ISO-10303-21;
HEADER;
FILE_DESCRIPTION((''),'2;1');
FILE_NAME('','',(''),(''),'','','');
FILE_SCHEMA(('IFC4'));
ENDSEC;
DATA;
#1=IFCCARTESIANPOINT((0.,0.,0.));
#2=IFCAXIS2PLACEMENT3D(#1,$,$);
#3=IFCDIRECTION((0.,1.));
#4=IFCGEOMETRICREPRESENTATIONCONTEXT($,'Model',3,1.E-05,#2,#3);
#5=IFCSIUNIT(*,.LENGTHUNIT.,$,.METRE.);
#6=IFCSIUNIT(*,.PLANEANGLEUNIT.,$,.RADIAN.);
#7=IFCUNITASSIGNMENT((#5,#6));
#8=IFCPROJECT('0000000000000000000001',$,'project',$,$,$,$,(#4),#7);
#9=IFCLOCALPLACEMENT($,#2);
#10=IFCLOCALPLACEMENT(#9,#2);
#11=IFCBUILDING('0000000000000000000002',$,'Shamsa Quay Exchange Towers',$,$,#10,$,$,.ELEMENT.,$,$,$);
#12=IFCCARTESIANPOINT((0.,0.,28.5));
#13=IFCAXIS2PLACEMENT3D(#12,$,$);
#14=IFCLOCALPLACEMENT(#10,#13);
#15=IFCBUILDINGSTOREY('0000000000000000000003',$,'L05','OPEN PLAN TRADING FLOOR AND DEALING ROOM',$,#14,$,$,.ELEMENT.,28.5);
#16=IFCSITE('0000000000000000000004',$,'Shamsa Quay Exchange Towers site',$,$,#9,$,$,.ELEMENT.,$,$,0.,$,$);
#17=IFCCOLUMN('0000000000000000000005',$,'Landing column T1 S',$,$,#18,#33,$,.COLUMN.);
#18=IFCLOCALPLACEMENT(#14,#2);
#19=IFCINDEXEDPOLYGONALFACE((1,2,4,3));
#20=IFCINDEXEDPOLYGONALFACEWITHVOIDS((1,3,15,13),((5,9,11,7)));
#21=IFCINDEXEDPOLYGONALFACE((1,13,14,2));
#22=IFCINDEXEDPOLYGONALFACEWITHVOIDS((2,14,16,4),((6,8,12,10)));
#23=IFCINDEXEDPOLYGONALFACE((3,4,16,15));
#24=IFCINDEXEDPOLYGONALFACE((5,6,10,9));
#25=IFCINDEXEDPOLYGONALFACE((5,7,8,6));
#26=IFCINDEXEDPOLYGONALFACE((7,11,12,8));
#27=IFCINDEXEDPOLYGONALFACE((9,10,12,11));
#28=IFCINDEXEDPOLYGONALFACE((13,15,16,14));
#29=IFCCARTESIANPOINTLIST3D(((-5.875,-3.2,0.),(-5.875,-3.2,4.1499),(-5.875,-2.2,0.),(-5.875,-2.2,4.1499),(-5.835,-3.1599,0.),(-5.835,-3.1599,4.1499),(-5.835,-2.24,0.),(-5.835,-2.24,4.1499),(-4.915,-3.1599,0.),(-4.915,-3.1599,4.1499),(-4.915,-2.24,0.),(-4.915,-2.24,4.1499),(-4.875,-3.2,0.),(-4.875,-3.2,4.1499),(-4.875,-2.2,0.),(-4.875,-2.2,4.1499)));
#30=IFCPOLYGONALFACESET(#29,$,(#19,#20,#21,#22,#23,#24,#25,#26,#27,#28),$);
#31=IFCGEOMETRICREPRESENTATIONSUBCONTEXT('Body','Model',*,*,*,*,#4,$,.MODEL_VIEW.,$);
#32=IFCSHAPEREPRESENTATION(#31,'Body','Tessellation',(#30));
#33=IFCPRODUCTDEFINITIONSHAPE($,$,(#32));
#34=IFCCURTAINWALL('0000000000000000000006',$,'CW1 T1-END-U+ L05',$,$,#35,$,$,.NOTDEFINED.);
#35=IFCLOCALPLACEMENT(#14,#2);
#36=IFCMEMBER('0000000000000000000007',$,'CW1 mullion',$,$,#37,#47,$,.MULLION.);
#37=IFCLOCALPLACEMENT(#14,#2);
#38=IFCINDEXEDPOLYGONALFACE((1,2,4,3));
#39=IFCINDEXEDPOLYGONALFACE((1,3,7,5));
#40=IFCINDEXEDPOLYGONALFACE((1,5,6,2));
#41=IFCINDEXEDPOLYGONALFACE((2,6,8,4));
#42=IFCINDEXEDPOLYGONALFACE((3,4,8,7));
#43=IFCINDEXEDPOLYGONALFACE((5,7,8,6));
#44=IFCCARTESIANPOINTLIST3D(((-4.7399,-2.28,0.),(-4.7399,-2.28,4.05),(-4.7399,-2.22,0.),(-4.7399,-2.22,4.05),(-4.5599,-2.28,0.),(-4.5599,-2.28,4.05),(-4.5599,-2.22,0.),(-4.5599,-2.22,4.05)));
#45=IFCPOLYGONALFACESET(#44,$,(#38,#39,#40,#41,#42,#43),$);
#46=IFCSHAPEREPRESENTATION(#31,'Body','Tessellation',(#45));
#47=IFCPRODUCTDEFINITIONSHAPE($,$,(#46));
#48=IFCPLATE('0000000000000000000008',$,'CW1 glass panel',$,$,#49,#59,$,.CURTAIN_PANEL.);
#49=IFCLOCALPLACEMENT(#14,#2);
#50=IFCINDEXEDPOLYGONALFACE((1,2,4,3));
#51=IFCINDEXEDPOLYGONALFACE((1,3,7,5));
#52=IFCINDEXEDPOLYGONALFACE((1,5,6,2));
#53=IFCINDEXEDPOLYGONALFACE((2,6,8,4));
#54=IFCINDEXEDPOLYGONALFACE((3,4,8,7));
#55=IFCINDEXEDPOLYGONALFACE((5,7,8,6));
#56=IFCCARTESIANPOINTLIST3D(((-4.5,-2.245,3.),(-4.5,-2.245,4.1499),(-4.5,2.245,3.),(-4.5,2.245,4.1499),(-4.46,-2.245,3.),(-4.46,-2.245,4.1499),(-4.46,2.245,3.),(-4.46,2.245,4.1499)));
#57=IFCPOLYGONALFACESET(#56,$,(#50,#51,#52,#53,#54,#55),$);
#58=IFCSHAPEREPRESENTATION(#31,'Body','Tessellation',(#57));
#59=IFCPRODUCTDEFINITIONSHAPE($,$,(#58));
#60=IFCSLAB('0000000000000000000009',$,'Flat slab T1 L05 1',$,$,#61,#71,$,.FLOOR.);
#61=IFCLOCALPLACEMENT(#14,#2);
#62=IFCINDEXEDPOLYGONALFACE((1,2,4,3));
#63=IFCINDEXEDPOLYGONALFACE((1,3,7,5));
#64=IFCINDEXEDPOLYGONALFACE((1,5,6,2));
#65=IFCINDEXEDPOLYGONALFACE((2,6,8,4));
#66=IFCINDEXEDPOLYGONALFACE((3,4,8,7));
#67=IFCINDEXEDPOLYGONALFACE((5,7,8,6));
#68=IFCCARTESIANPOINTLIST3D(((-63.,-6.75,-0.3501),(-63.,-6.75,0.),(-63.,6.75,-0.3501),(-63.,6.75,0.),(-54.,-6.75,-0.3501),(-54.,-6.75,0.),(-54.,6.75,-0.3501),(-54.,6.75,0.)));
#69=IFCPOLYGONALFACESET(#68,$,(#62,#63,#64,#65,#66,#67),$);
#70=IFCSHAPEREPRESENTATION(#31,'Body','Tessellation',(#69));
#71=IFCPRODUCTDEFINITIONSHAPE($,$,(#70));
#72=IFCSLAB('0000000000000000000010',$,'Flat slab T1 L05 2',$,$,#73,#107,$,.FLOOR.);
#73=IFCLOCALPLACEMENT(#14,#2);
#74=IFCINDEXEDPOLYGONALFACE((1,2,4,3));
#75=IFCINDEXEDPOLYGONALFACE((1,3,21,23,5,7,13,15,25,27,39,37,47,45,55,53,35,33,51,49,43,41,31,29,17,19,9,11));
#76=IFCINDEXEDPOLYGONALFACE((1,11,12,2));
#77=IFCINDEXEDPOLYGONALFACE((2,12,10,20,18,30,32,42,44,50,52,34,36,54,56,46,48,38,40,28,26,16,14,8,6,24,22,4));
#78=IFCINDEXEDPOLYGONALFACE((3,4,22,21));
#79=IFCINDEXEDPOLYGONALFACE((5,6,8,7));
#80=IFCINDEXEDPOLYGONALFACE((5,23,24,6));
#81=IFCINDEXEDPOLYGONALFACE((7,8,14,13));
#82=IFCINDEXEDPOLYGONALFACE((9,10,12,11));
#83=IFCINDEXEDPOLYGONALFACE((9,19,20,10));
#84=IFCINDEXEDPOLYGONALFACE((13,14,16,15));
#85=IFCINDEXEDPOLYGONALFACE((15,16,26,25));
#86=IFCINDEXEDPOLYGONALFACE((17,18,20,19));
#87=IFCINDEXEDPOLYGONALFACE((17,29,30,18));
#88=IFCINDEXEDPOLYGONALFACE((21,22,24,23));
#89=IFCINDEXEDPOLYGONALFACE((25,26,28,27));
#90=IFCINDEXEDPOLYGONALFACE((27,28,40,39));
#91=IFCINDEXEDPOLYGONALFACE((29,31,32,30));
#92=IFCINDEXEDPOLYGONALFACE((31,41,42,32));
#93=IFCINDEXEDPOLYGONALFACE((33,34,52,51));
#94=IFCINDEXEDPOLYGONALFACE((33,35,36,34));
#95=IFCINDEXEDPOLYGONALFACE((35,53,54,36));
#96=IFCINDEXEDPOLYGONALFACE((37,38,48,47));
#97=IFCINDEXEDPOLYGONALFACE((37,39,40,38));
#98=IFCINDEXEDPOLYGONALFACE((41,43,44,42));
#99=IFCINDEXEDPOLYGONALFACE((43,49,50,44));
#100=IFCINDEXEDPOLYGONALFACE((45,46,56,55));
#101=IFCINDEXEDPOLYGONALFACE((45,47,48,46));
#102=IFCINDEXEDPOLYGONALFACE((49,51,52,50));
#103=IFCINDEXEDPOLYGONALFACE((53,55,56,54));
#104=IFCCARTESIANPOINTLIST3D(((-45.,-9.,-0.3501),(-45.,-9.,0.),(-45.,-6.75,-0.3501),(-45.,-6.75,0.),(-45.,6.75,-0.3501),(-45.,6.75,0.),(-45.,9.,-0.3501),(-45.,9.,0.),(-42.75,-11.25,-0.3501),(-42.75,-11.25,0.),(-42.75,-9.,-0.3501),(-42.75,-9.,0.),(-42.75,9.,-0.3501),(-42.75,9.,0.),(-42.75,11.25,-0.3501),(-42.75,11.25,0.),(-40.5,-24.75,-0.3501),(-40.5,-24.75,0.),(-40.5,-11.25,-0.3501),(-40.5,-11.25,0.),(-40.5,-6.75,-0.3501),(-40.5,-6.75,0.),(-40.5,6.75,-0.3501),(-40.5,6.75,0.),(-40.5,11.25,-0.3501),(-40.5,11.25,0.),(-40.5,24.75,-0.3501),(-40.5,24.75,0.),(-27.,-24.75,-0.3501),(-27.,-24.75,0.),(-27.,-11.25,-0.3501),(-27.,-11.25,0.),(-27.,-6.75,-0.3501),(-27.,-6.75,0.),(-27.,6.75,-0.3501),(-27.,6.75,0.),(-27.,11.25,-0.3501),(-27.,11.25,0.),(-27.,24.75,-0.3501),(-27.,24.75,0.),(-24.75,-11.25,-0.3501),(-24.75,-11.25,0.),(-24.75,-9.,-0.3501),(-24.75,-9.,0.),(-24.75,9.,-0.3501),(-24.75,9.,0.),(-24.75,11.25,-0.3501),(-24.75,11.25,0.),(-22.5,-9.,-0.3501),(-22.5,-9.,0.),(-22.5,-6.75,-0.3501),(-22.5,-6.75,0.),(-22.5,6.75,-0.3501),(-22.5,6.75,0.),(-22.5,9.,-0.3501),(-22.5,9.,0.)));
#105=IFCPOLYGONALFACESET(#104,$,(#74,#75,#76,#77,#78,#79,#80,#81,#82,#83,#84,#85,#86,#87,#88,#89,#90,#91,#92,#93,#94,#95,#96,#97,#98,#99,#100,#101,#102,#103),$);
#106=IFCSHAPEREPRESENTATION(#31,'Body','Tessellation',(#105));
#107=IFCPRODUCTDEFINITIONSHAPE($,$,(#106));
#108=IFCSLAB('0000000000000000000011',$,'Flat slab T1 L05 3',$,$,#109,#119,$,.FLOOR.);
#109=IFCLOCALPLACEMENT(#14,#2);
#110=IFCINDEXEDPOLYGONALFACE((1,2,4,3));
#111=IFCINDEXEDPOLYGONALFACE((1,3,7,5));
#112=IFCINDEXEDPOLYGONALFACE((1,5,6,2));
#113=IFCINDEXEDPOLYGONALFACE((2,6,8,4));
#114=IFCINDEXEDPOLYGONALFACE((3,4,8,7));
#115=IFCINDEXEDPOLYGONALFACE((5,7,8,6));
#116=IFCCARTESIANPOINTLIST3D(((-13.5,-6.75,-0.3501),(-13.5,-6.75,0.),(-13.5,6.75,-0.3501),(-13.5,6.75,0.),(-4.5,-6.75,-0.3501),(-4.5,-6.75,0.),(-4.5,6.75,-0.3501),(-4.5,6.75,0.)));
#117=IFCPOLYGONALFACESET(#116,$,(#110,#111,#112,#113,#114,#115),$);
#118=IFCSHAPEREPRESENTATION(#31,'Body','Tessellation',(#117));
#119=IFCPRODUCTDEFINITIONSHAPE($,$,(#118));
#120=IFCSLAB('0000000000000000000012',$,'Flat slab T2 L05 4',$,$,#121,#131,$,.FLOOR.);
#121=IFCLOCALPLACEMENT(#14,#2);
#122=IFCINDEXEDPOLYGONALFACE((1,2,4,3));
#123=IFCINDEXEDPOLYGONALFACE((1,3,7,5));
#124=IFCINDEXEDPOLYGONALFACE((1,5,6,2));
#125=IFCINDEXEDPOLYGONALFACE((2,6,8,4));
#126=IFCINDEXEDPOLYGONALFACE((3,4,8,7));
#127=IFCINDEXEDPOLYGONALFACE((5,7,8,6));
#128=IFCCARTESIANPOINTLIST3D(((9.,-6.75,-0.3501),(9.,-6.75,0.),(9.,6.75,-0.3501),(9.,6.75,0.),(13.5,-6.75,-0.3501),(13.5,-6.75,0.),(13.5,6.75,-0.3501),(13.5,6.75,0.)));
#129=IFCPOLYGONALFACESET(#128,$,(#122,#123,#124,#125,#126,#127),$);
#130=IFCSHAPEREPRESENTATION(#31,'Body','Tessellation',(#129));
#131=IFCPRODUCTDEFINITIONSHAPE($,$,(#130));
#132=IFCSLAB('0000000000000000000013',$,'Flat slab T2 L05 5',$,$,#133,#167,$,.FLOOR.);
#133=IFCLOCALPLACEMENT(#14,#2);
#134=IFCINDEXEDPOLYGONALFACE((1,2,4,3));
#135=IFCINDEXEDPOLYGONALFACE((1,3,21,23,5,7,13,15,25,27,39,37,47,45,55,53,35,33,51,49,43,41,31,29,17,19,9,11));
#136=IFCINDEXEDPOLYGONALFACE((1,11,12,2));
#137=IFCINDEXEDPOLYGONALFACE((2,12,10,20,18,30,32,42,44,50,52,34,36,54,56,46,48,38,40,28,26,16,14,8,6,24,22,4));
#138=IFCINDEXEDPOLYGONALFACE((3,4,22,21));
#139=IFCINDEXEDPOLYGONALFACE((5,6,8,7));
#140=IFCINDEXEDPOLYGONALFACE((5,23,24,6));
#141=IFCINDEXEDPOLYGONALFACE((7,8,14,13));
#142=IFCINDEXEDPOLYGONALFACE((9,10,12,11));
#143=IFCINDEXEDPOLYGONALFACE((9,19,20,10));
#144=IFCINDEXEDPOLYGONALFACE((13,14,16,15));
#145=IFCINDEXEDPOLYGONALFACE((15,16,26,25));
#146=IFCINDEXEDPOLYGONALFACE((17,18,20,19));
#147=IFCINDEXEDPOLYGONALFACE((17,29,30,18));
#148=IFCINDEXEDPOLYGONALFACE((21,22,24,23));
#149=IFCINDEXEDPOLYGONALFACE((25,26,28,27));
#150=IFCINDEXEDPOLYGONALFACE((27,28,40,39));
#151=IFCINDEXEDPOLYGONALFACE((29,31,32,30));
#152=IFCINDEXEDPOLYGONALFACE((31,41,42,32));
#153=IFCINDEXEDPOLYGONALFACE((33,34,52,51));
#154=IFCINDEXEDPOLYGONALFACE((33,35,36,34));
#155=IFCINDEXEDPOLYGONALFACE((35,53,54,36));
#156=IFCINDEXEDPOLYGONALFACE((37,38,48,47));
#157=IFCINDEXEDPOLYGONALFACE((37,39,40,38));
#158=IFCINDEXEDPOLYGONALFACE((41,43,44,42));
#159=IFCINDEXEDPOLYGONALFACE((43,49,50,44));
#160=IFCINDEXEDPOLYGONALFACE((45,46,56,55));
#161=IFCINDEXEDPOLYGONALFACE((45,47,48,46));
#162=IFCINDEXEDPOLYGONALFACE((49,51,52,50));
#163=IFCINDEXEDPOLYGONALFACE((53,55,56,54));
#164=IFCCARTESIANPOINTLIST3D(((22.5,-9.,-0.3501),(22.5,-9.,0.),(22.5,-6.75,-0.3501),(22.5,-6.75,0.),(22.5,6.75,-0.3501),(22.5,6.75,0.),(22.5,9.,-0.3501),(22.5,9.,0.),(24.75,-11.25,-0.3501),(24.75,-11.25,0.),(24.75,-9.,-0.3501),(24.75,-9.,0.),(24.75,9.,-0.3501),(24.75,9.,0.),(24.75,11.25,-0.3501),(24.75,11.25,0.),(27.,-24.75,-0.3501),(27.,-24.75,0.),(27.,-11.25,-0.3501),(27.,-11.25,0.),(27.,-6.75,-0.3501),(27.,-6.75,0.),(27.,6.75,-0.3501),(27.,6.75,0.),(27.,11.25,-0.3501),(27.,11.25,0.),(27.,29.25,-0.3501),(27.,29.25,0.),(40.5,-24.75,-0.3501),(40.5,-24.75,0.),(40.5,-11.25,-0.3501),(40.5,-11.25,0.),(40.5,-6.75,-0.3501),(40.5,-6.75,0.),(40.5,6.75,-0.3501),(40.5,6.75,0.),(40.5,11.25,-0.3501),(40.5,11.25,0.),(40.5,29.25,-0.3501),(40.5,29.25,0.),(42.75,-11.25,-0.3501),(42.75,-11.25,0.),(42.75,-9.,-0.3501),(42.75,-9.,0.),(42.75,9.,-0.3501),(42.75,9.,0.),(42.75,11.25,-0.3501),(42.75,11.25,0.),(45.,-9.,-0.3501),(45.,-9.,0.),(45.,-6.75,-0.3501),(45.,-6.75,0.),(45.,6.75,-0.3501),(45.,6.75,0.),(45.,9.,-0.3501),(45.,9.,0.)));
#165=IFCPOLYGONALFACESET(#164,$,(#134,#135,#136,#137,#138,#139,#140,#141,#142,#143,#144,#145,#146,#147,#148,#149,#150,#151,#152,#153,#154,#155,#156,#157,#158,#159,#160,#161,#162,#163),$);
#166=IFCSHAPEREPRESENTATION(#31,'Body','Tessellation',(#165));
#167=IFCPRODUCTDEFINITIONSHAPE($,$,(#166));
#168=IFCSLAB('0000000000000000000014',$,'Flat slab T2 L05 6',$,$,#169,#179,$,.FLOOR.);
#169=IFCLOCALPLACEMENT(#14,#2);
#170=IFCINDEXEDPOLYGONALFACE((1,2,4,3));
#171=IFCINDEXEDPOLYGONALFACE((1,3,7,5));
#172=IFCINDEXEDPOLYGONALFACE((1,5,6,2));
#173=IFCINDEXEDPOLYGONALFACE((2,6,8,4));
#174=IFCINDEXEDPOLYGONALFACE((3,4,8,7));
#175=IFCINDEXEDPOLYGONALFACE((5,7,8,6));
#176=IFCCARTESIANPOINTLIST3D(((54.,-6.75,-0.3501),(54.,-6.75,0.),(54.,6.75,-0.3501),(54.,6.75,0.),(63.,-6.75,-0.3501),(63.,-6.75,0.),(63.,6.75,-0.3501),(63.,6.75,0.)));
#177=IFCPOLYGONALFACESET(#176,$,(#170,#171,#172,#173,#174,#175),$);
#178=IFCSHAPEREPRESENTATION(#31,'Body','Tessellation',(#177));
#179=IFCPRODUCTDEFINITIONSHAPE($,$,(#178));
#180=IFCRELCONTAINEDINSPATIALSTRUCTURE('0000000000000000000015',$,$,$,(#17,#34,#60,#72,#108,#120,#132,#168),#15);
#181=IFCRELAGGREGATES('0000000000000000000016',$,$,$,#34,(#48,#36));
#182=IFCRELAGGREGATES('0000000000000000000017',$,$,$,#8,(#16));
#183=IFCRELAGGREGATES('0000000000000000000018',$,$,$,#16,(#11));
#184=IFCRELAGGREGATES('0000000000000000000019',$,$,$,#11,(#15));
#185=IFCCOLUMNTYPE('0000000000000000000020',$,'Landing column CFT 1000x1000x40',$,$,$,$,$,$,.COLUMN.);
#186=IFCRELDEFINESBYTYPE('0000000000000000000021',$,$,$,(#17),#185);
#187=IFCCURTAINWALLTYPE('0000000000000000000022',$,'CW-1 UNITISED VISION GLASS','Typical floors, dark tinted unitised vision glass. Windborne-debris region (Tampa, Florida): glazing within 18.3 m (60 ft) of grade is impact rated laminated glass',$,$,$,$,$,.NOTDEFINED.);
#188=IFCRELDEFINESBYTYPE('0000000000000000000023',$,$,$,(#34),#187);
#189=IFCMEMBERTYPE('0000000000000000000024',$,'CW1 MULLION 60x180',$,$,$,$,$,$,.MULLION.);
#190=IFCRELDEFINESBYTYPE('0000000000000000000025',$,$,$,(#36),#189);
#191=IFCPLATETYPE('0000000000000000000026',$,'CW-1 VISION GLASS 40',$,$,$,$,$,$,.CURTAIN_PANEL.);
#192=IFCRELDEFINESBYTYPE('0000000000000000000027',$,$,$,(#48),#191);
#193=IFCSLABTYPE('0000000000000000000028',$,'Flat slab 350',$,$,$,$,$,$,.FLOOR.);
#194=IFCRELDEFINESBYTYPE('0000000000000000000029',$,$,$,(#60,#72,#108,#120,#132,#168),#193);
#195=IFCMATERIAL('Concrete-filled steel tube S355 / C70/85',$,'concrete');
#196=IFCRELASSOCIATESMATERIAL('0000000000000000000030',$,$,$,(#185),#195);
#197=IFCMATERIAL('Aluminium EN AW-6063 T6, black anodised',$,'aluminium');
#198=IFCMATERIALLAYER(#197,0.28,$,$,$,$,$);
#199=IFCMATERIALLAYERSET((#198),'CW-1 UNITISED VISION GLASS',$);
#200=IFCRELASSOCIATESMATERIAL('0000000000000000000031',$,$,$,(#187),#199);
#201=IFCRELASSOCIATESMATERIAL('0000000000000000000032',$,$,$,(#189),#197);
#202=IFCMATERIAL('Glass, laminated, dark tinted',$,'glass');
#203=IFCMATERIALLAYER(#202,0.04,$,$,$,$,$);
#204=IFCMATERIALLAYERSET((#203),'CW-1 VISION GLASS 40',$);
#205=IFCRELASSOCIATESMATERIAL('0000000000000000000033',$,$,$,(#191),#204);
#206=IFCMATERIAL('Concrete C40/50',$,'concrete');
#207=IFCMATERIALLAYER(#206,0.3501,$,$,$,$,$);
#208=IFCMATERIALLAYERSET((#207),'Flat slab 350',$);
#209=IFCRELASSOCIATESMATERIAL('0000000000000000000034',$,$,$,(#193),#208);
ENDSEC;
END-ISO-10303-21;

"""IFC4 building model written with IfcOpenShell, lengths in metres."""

from ifc_helpers import new_model, si_unit, direction, frame, origin, origin_2d, place, context, subcontext, project, spatial, polyline, rectangle, hollow_rectangle, outline, extrude, material, layer, layer_set, material_profile, profile_set, type_object, element, aggregate, save


model = new_model("IFC4")

# Units and contexts
model_context = context("Model", 3, precision=1e-05, world=origin(), true_north=direction((0.0, 1.0)))
body_context = subcontext(model_context, "Body", "Model", "MODEL_VIEW")
ifc_project = project(units=[si_unit("LENGTHUNIT", "METRE"), si_unit("PLANEANGLEUNIT", "RADIAN")], contexts=[model_context])

# Site, building, storey
site_placement = place(None, origin())
site = spatial("IfcSite", under=ifc_project, at=site_placement, Name="Shamsa Quay Exchange Towers site", CompositionType="ELEMENT", RefElevation=0.0)
building_placement = place(site_placement, origin())
building = spatial("IfcBuilding", under=site, at=building_placement, Name="Shamsa Quay Exchange Towers", CompositionType="ELEMENT")
storey_placement = place(building_placement, frame((0.0, 0.0, 28.5)))
storey = spatial("IfcBuildingStorey", under=building, at=storey_placement, Name="L05", Description="OPEN PLAN TRADING FLOOR AND DEALING ROOM", CompositionType="ELEMENT", Elevation=28.5)

# Column
ifc_material_1 = material(Name="Concrete-filled steel tube S355 / C70/85", Category="concrete")
ifc_material_profile_1 = material_profile(ifc_material_1, hollow_rectangle(XDim=1.0, YDim=1.0, WallThickness=0.04, at=origin_2d()), Name="CFT 1000x1000x40")
ifc_profile_set_1 = profile_set([ifc_material_profile_1], Name="Concrete-filled steel tube S355 / C70/85")
column_type = type_object("IfcColumnType", Name="Landing column CFT 1000x1000x40", PredefinedType="COLUMN", material=ifc_profile_set_1)
column_placement = place(storey_placement, frame((-5.375, -2.7, 0.0)))
element("IfcColumn", 1, at=column_placement, inside=storey, type_object=column_type, Name="Landing column T1 S", PredefinedType="COLUMN", context=body_context, shape_type="SweptSolid", body=[
    extrude(hollow_rectangle(XDim=1.0, YDim=1.0, WallThickness=0.04, at=origin_2d()), origin(), (0.0, 0.0, 1.0), 4.1499),
])

# Curtain wall, member, plate
ifc_material_2 = material(Name="Aluminium EN AW-6063 T6, black anodised", Category="aluminium")
ifc_layer_1 = layer(ifc_material_2, 0.28)
ifc_layer_set_1 = layer_set([ifc_layer_1], Name="CW-1 UNITISED VISION GLASS")
curtain_wall_type = type_object("IfcCurtainWallType", Name="CW-1 UNITISED VISION GLASS", Description="Typical floors, dark tinted unitised vision glass. Windborne-debris region (Tampa, Florida): glazing within 18.3 m (60 ft) of grade is impact rated laminated glass", PredefinedType="NOTDEFINED", material=ifc_layer_set_1)
curtain_wall_placement = place(storey_placement, origin())
curtain_wall = element("IfcCurtainWall", 2, at=curtain_wall_placement, inside=storey, type_object=curtain_wall_type, Name="CW1 T1-END-U+ L05", PredefinedType="NOTDEFINED")
ifc_material_profile_2 = material_profile(ifc_material_2, rectangle(XDim=0.1799, YDim=0.0601, at=origin_2d()), Name="MU60x180")
ifc_profile_set_2 = profile_set([ifc_material_profile_2], Name="Aluminium EN AW-6063 T6, black anodised")
member_type = type_object("IfcMemberType", Name="CW1 MULLION 60x180", PredefinedType="MULLION", material=ifc_profile_set_2)
member_placement = place(storey_placement, frame((-4.6499, -2.25, 0.0), z_axis=(0.0, 0.0, 1.0), x_axis=(-1.0, 0.0, 0.0)))
member = element("IfcMember", 3, at=member_placement, type_object=member_type, Name="CW1 mullion", PredefinedType="MULLION", context=body_context, shape_type="SweptSolid", body=[
    extrude(rectangle(XDim=0.1799, YDim=0.0601, at=origin_2d()), origin(), (0.0, 0.0, 1.0), 4.05),
])
ifc_material_3 = material(Name="Glass, laminated, dark tinted", Category="glass")
ifc_layer_2 = layer(ifc_material_3, 0.04)
ifc_layer_set_2 = layer_set([ifc_layer_2], Name="CW-1 VISION GLASS 40")
plate_type = type_object("IfcPlateType", Name="CW-1 VISION GLASS 40", PredefinedType="CURTAIN_PANEL", material=ifc_layer_set_2)
plate_placement = place(storey_placement, frame((-4.48, 0.0, 3.0), z_axis=(0.0, 0.0, 1.0), x_axis=(0.0, 1.0, 0.0)))
plate = element("IfcPlate", 4, at=plate_placement, type_object=plate_type, Name="CW1 glass panel", PredefinedType="CURTAIN_PANEL", context=body_context, shape_type="SweptSolid", body=[
    extrude(rectangle(XDim=4.49, YDim=0.04, at=origin_2d()), origin(), (0.0, 0.0, 1.0), 1.1499),
])
aggregate(curtain_wall, [plate, member])

# Slabs
ifc_material_4 = material(Name="Concrete C40/50", Category="concrete")
ifc_layer_3 = layer(ifc_material_4, 0.3501)
ifc_layer_set_3 = layer_set([ifc_layer_3], Name="Flat slab 350")
slab_type_1 = type_object("IfcSlabType", Name="Flat slab 350", PredefinedType="FLOOR", material=ifc_layer_set_3)
slab_1_placement = place(storey_placement, frame((0.0, 0.0, -0.3501)))
element("IfcSlab", 5, at=slab_1_placement, inside=storey, type_object=slab_type_1, Name="Flat slab T1 L05 1", PredefinedType="FLOOR", context=body_context, shape_type="SweptSolid", body=[
    extrude(outline(polyline([(-63.0, -6.75), (-54.0, -6.75), (-54.0, 6.75), (-63.0, 6.75), (-63.0, -6.75)])), origin(), (0.0, 0.0, 1.0), 0.3501),
])
slab_2_placement = place(storey_placement, frame((0.0, 0.0, -0.3501)))
element("IfcSlab", 6, at=slab_2_placement, inside=storey, type_object=slab_type_1, Name="Flat slab T1 L05 2", PredefinedType="FLOOR", context=body_context, shape_type="SweptSolid", body=[
    extrude(outline(polyline([(-22.5, -9.0), (-22.5, -6.75), (-27.0, -6.75), (-27.0, 6.75), (-22.5, 6.75), (-22.5, 9.0), (-24.75, 9.0), (-24.75, 11.25), (-27.0, 11.25), (-27.0, 24.75), (-40.5, 24.75), (-40.5, 11.25), (-42.75, 11.25), (-42.75, 9.0), (-45.0, 9.0), (-45.0, 6.75), (-40.5, 6.75), (-40.5, -6.75), (-45.0, -6.75), (-45.0, -9.0), (-42.75, -9.0), (-42.75, -11.25), (-40.5, -11.25), (-40.5, -24.75), (-27.0, -24.75), (-27.0, -11.25), (-24.75, -11.25), (-24.75, -9.0), (-22.5, -9.0)])), origin(), (0.0, 0.0, 1.0), 0.3501),
])
slab_3_placement = place(storey_placement, frame((0.0, 0.0, -0.3501)))
element("IfcSlab", 7, at=slab_3_placement, inside=storey, type_object=slab_type_1, Name="Flat slab T1 L05 3", PredefinedType="FLOOR", context=body_context, shape_type="SweptSolid", body=[
    extrude(outline(polyline([(-4.5, 6.75), (-13.5, 6.75), (-13.5, -6.75), (-4.5, -6.75), (-4.5, 6.75)])), origin(), (0.0, 0.0, 1.0), 0.3501),
])
slab_4_placement = place(storey_placement, frame((0.0, 0.0, -0.3501)))
element("IfcSlab", 8, at=slab_4_placement, inside=storey, type_object=slab_type_1, Name="Flat slab T2 L05 4", PredefinedType="FLOOR", context=body_context, shape_type="SweptSolid", body=[
    extrude(outline(polyline([(9.0, -6.75), (13.5, -6.75), (13.5, 6.75), (9.0, 6.75), (9.0, -6.75)])), origin(), (0.0, 0.0, 1.0), 0.3501),
])
slab_5_placement = place(storey_placement, frame((0.0, 0.0, -0.3501)))
element("IfcSlab", 9, at=slab_5_placement, inside=storey, type_object=slab_type_1, Name="Flat slab T2 L05 5", PredefinedType="FLOOR", context=body_context, shape_type="SweptSolid", body=[
    extrude(outline(polyline([(45.0, -9.0), (45.0, -6.75), (40.5, -6.75), (40.5, 6.75), (45.0, 6.75), (45.0, 9.0), (42.75, 9.0), (42.75, 11.25), (40.5, 11.25), (40.5, 29.25), (27.0, 29.25), (27.0, 11.25), (24.75, 11.25), (24.75, 9.0), (22.5, 9.0), (22.5, 6.75), (27.0, 6.75), (27.0, -6.75), (22.5, -6.75), (22.5, -9.0), (24.75, -9.0), (24.75, -11.25), (27.0, -11.25), (27.0, -24.75), (40.5, -24.75), (40.5, -11.25), (42.75, -11.25), (42.75, -9.0), (45.0, -9.0)])), origin(), (0.0, 0.0, 1.0), 0.3501),
])
slab_6_placement = place(storey_placement, frame((0.0, 0.0, -0.3501)))
element("IfcSlab", 10, at=slab_6_placement, inside=storey, type_object=slab_type_1, Name="Flat slab T2 L05 6", PredefinedType="FLOOR", context=body_context, shape_type="SweptSolid", body=[
    extrude(outline(polyline([(63.0, 6.75), (54.0, 6.75), (54.0, -6.75), (63.0, -6.75), (63.0, 6.75)])), origin(), (0.0, 0.0, 1.0), 0.3501),
])

save(model, "model.ifc")
